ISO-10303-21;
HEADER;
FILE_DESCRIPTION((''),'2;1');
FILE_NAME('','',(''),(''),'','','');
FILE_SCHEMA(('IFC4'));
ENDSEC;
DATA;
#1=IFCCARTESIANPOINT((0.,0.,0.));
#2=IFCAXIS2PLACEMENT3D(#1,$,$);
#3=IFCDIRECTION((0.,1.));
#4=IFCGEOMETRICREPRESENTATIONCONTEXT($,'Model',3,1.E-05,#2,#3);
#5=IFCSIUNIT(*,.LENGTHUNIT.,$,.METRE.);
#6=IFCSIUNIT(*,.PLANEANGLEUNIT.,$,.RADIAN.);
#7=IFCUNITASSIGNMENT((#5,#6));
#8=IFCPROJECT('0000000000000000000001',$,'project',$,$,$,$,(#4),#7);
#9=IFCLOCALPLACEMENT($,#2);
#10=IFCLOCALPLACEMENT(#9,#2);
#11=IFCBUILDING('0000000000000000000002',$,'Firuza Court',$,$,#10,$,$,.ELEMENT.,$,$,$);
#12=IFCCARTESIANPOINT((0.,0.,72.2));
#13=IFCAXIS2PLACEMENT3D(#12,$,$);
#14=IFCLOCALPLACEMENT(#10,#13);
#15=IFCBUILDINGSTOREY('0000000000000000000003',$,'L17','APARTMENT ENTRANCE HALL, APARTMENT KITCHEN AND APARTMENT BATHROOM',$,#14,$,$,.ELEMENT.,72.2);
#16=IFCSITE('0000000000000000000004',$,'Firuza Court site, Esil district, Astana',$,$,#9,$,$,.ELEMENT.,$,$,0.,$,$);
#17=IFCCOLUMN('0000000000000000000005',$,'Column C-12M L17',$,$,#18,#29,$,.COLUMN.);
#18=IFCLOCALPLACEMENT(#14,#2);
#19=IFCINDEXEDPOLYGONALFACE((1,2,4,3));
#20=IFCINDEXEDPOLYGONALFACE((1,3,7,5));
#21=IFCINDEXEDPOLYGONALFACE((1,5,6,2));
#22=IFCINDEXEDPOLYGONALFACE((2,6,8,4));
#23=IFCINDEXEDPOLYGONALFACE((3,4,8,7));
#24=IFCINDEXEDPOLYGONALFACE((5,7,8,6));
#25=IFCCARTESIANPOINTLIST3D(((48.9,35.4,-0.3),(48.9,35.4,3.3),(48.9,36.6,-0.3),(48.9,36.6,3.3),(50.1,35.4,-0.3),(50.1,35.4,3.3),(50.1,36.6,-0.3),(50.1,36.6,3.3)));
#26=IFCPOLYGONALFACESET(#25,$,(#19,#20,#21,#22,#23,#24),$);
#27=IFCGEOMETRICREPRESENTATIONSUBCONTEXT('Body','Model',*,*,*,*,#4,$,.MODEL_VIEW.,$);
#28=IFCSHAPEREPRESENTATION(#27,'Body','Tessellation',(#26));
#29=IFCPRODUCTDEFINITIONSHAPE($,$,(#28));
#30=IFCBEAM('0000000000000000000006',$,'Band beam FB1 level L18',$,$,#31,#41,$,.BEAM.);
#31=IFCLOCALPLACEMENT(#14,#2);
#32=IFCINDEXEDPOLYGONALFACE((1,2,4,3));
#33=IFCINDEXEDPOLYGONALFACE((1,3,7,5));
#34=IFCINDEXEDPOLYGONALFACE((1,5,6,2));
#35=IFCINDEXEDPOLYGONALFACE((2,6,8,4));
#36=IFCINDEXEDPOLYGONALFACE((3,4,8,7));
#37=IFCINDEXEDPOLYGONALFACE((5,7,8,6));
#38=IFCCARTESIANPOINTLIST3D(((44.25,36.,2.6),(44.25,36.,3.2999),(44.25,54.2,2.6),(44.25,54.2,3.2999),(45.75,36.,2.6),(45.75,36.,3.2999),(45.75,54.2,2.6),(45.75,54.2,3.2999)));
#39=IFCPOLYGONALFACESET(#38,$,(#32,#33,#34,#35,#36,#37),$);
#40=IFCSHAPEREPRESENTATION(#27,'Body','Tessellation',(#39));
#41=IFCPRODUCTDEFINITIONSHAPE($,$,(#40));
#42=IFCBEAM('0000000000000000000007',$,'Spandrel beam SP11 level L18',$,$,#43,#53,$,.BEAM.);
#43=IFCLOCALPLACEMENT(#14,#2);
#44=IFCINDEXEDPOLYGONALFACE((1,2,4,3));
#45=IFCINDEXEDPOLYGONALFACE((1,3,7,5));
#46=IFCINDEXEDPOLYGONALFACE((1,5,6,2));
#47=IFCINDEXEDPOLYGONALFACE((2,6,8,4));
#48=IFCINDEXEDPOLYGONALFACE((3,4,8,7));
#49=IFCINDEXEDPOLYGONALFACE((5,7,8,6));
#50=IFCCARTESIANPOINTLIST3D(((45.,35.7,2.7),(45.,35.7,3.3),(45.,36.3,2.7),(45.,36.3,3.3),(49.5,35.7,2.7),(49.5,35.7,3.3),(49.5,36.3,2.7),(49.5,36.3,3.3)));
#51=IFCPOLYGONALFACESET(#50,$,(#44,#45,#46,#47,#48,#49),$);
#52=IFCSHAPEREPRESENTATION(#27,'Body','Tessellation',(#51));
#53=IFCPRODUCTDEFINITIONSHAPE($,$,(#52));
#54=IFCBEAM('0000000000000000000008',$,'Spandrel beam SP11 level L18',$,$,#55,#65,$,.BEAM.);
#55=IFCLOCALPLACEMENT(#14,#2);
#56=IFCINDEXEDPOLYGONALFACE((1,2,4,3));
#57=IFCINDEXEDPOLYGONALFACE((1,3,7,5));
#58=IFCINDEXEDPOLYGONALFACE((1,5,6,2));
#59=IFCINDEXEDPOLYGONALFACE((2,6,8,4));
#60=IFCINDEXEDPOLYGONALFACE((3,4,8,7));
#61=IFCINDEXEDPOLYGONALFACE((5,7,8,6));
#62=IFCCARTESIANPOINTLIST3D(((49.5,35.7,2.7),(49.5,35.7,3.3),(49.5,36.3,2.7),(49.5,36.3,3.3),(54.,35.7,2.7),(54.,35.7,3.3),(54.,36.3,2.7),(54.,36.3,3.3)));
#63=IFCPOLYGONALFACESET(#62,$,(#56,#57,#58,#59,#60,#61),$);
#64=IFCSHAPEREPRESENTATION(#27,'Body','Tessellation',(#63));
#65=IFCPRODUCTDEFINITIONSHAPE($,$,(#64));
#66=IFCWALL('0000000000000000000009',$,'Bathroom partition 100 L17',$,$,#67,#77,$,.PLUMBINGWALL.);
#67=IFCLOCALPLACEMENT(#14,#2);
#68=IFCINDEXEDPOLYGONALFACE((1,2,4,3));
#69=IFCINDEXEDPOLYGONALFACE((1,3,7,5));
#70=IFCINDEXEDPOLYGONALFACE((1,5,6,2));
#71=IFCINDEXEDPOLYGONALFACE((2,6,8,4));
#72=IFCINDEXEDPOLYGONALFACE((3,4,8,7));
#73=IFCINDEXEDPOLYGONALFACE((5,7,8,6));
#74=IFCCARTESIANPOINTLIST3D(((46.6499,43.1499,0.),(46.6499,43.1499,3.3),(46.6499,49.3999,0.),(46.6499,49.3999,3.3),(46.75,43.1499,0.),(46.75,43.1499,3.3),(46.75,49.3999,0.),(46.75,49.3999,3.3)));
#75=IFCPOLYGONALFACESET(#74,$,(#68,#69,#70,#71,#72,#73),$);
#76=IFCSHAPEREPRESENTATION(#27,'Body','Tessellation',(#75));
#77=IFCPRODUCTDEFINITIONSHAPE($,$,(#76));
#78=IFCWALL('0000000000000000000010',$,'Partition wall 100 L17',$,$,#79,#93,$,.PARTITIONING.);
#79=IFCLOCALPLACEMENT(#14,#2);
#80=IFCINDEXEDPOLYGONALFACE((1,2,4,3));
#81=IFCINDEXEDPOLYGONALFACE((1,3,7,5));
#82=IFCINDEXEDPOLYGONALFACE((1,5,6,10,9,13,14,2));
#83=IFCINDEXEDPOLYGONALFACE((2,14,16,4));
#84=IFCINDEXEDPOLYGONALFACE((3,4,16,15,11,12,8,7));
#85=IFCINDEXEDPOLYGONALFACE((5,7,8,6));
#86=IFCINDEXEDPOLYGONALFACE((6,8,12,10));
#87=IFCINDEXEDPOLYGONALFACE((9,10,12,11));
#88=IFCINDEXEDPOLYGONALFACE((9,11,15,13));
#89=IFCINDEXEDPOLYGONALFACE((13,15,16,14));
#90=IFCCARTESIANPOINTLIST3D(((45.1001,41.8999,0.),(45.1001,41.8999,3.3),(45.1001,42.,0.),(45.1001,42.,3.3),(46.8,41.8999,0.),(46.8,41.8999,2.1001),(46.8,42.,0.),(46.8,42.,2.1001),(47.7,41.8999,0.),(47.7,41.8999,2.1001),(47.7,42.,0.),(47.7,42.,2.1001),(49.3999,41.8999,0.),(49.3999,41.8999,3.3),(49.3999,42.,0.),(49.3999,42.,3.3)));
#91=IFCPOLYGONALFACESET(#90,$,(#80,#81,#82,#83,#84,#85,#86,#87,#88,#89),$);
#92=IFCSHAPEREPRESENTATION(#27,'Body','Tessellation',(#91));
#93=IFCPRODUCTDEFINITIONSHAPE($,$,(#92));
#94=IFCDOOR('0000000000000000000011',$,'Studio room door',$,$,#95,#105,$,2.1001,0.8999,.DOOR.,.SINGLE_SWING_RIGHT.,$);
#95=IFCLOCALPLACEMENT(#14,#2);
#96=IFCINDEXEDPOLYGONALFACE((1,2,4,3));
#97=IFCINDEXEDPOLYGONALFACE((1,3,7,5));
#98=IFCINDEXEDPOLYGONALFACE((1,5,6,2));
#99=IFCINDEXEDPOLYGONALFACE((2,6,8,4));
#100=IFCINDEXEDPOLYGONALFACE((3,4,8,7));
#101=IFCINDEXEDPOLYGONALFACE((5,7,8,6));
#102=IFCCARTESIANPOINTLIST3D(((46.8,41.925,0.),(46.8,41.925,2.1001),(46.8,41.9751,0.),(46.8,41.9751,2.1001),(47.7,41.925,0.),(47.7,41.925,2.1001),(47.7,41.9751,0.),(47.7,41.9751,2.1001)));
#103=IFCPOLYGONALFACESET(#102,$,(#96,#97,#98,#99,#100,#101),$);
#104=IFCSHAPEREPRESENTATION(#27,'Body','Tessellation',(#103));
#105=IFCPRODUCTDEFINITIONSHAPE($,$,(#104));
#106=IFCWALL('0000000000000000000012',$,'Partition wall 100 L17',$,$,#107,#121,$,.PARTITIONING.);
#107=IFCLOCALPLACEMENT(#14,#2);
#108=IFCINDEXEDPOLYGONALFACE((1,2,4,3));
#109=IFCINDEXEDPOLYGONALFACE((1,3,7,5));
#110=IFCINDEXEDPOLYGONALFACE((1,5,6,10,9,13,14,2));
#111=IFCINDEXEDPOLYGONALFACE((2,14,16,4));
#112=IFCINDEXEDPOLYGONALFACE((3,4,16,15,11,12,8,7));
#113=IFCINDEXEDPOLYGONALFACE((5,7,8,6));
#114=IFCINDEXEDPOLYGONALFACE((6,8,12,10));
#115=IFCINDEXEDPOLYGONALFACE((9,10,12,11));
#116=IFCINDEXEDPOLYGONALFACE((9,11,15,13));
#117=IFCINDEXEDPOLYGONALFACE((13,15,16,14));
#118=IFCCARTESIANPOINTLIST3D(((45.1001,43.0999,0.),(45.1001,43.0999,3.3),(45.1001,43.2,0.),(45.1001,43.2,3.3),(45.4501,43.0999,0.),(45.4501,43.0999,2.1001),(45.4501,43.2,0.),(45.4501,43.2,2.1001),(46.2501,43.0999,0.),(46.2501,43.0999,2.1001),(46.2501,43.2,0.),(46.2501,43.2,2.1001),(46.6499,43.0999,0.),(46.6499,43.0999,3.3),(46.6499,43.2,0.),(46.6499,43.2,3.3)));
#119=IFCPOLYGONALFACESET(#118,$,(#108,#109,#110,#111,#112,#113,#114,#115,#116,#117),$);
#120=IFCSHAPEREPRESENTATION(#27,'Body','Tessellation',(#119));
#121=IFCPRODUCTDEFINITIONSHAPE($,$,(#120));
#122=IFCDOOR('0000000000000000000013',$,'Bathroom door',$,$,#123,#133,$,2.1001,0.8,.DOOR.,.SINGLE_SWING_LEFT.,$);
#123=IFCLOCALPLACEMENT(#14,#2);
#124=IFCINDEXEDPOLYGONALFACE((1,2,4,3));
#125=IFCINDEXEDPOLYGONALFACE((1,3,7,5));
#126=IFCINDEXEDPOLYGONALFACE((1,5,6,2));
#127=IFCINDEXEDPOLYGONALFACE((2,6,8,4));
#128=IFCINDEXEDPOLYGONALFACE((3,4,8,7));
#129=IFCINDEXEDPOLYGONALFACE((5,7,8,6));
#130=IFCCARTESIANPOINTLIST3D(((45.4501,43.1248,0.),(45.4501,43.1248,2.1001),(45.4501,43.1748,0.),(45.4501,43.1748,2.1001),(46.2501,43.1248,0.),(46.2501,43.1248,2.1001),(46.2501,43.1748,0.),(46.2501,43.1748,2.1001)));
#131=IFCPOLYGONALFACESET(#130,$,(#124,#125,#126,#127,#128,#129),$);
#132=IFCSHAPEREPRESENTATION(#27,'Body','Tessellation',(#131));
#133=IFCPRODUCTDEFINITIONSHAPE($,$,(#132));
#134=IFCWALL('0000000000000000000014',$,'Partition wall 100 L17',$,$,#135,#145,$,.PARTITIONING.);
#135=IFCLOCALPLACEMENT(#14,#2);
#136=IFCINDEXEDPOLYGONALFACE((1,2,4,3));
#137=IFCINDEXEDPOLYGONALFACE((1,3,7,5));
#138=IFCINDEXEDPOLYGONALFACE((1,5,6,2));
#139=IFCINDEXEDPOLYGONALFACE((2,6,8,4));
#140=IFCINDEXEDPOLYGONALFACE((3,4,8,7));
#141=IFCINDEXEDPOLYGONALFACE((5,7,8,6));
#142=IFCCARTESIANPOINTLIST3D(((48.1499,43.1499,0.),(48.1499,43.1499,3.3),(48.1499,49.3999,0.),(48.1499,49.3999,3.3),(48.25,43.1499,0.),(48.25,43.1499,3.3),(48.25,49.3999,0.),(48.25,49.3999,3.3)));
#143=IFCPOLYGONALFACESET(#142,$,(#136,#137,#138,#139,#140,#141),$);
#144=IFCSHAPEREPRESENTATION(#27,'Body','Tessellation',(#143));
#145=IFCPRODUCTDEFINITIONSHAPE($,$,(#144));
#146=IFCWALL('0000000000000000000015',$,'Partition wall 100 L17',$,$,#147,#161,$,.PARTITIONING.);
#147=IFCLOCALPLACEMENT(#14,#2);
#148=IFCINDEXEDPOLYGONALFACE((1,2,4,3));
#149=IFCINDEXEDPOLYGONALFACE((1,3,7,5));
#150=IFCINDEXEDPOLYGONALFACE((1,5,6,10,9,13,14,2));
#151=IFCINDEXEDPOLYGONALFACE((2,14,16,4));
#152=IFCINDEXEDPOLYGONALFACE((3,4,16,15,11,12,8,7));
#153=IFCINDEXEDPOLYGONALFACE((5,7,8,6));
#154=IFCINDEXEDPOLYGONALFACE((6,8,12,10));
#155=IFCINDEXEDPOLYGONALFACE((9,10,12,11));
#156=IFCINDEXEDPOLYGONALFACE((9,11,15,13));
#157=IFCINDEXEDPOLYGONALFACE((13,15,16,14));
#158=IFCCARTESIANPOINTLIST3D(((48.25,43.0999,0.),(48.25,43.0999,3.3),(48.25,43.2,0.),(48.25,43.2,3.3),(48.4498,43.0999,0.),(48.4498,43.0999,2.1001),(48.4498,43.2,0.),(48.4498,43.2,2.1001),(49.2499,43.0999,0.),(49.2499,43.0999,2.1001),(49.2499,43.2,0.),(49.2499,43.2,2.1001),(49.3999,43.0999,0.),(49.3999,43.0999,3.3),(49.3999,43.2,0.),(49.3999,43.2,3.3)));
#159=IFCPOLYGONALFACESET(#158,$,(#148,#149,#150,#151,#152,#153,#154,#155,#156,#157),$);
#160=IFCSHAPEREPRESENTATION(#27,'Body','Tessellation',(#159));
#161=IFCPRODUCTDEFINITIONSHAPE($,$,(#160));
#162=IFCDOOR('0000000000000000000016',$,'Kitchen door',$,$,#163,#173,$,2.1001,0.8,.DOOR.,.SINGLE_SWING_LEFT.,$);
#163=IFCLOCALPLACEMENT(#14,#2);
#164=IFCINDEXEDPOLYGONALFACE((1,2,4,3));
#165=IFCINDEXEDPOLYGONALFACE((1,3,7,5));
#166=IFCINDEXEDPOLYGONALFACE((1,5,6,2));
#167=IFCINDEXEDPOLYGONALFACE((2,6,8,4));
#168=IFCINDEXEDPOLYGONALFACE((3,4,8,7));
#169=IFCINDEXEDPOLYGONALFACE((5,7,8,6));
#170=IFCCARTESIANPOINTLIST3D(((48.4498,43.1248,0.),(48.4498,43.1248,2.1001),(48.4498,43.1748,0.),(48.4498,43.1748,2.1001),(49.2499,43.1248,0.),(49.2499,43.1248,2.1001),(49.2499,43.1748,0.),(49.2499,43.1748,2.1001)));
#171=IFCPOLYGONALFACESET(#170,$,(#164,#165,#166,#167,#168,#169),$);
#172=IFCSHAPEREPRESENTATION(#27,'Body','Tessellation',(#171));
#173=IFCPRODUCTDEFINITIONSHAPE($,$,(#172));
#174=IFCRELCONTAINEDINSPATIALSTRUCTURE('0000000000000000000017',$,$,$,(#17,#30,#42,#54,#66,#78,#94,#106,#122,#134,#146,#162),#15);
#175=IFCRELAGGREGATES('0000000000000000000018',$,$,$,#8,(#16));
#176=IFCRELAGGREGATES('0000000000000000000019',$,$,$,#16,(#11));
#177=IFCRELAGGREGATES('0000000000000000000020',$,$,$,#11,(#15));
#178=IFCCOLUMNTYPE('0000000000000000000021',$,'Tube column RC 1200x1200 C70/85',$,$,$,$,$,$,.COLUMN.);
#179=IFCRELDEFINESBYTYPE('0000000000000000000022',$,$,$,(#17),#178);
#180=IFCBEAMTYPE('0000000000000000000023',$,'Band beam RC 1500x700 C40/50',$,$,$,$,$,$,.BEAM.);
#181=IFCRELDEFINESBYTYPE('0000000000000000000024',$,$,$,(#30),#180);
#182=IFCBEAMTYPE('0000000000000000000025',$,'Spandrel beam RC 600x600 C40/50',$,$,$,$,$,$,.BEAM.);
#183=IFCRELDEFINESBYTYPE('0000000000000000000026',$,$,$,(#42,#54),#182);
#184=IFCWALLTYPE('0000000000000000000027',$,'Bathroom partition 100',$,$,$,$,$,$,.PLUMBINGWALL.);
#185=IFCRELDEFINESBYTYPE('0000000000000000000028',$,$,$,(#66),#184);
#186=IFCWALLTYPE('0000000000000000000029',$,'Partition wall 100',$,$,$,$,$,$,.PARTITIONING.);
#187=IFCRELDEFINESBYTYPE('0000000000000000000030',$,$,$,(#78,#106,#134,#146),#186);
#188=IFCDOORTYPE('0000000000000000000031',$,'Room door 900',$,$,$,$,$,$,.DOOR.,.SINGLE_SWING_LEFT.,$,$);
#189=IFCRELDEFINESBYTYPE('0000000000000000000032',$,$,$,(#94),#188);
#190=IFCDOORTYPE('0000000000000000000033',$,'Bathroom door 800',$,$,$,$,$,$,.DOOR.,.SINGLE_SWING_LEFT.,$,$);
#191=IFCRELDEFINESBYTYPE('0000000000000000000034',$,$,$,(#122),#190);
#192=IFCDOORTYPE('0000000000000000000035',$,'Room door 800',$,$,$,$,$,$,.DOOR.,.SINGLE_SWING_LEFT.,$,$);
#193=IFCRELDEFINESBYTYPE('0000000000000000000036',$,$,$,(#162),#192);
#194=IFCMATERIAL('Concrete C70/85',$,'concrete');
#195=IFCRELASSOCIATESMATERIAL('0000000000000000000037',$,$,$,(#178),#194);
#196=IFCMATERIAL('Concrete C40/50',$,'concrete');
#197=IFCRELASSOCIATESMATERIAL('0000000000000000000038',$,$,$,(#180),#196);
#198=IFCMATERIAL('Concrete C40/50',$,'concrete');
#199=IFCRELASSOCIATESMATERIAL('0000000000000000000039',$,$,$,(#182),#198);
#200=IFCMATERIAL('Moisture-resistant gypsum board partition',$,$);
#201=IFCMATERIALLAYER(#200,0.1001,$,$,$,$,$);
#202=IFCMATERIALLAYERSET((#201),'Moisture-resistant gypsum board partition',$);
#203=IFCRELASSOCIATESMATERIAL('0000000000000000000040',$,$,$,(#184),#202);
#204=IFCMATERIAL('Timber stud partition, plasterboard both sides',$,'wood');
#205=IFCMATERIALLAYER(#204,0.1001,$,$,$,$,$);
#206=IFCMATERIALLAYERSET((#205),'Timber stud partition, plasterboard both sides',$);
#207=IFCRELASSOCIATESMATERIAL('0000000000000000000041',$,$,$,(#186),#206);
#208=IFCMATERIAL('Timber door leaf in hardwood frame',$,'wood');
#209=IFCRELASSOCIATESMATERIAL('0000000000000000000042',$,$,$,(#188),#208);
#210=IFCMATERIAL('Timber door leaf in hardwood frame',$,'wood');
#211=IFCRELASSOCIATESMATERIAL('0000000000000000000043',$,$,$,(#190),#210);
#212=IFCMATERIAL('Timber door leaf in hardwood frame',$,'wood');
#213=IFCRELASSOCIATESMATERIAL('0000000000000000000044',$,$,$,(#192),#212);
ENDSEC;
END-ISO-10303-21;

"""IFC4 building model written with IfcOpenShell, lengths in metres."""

from ifc_helpers import new_model, si_unit, direction, frame, frame_2d, origin, origin_2d, place, context, subcontext, project, spatial, rectangle, extrude, material, layer, layer_set, material_profile, profile_set, type_object, element, fill, save


model = new_model("IFC4")

# Units and contexts
model_context = context("Model", 3, precision=1e-05, world=origin(), true_north=direction((0.0, 1.0)))
body_context = subcontext(model_context, "Body", "Model", "MODEL_VIEW")
ifc_project = project(units=[si_unit("LENGTHUNIT", "METRE"), si_unit("PLANEANGLEUNIT", "RADIAN")], contexts=[model_context])

# Site, building, storey
site_placement = place(None, origin())
site = spatial("IfcSite", under=ifc_project, at=site_placement, Name="Firuza Court site, Esil district, Astana", CompositionType="ELEMENT", RefElevation=0.0)
building_placement = place(site_placement, origin())
building = spatial("IfcBuilding", under=site, at=building_placement, Name="Firuza Court", CompositionType="ELEMENT")
storey_placement = place(building_placement, frame((0.0, 0.0, 72.2)))
storey = spatial("IfcBuildingStorey", under=building, at=storey_placement, Name="L17", Description="APARTMENT ENTRANCE HALL, APARTMENT KITCHEN AND APARTMENT BATHROOM", CompositionType="ELEMENT", Elevation=72.2)

# Column
ifc_material_1 = material(Name="Concrete C70/85", Category="concrete")
ifc_material_profile_1 = material_profile(ifc_material_1, rectangle(XDim=1.2, YDim=1.2, at=origin_2d()), Name="RC 1200x1200")
ifc_profile_set_1 = profile_set([ifc_material_profile_1], Name="Concrete C70/85")
column_type = type_object("IfcColumnType", Name="Tube column RC 1200x1200 C70/85", PredefinedType="COLUMN", material=ifc_profile_set_1)
column_placement = place(storey_placement, frame((49.5, 36.0, -0.3), z_axis=(0.0, 0.0, 1.0), x_axis=(1.0, 0.0, 0.0)))
element("IfcColumn", 1, at=column_placement, inside=storey, type_object=column_type, Name="Column C-12M L17", PredefinedType="COLUMN", context=body_context, shape_type="SweptSolid", body=[
    extrude(rectangle(XDim=1.2, YDim=1.2, at=origin_2d()), origin(), (0.0, 0.0, 1.0), 3.6001),
])

# Beams
ifc_material_2 = material(Name="Concrete C40/50", Category="concrete")
ifc_material_profile_2 = material_profile(ifc_material_2, rectangle(XDim=1.5, YDim=0.7, at=origin_2d()), Name="RC 1500x700")
ifc_profile_set_2 = profile_set([ifc_material_profile_2], Name="Concrete C40/50")
beam_type_1 = type_object("IfcBeamType", Name="Band beam RC 1500x700 C40/50", PredefinedType="BEAM", material=ifc_profile_set_2)
beam_placement = place(storey_placement, frame((45.0, 36.0, 2.95), z_axis=(0.0, 1.0, 0.0), x_axis=(-1.0, 0.0, 0.0)))
element("IfcBeam", 2, at=beam_placement, inside=storey, type_object=beam_type_1, Name="Band beam FB1 level L18", PredefinedType="BEAM", context=body_context, shape_type="SweptSolid", body=[
    extrude(rectangle(XDim=1.5, YDim=0.7, at=origin_2d()), origin(), (0.0, 0.0, 1.0), 18.2),
])
ifc_material_3 = material(Name="Concrete C40/50", Category="concrete")
ifc_material_profile_3 = material_profile(ifc_material_3, rectangle(XDim=0.6001, YDim=0.6001, at=origin_2d()), Name="RC 600x600")
ifc_profile_set_3 = profile_set([ifc_material_profile_3], Name="Concrete C40/50")
beam_type_2 = type_object("IfcBeamType", Name="Spandrel beam RC 600x600 C40/50", PredefinedType="BEAM", material=ifc_profile_set_3)
for number, where, z_axis, x_axis, name in (
    (3, (45.0, 36.0, 3.0), (1.0, 0.0, 0.0), (0.0, 1.0, 0.0), "Spandrel beam SP11 level L18"),
    (4, (49.5, 36.0, 3.0), (1.0, 0.0, 0.0), (0.0, 1.0, 0.0), "Spandrel beam SP11 level L18"),
):
    element("IfcBeam", number, at=place(storey_placement, frame(where, z_axis=z_axis, x_axis=x_axis)), inside=storey, type_object=beam_type_2, Name=name, PredefinedType="BEAM", context=body_context, shape_type="SweptSolid", body=[
        extrude(rectangle(XDim=0.6001, YDim=0.6001, at=origin_2d()), origin(), (0.0, 0.0, 1.0), 4.5),
    ])

# Wall
ifc_material_4 = material(Name="Moisture-resistant gypsum board partition")
ifc_layer_1 = layer(ifc_material_4, 0.1001)
ifc_layer_set_1 = layer_set([ifc_layer_1], Name="Moisture-resistant gypsum board partition")
wall_type_1 = type_object("IfcWallType", Name="Bathroom partition 100", PredefinedType="PLUMBINGWALL", material=ifc_layer_set_1)
wall_1_placement = place(storey_placement, frame((46.7, 43.1499, 0.0), z_axis=(0.0, 0.0, 1.0), x_axis=(0.0, 1.0, 0.0)))
element("IfcWall", 5, at=wall_1_placement, inside=storey, type_object=wall_type_1, Name="Bathroom partition 100 L17", PredefinedType="PLUMBINGWALL", context=body_context, shape_type="SweptSolid", body=[
    extrude(rectangle(XDim=6.25, YDim=0.1001, at=frame_2d((3.125, 0.0))), origin(), (0.0, 0.0, 1.0), 3.3),
])

# Walls, openings, doors
ifc_material_5 = material(Name="Timber stud partition, plasterboard both sides", Category="wood")
ifc_layer_2 = layer(ifc_material_5, 0.1001)
ifc_layer_set_2 = layer_set([ifc_layer_2], Name="Timber stud partition, plasterboard both sides")
wall_type_2 = type_object("IfcWallType", Name="Partition wall 100", PredefinedType="PARTITIONING", material=ifc_layer_set_2)
wall_2_placement = place(storey_placement, frame((45.1001, 41.95, 0.0), z_axis=(0.0, 0.0, 1.0), x_axis=(1.0, 0.0, 0.0)))
wall_2 = element("IfcWall", 6, at=wall_2_placement, inside=storey, type_object=wall_type_2, Name="Partition wall 100 L17", PredefinedType="PARTITIONING", context=body_context, shape_type="SweptSolid", body=[
    extrude(rectangle(XDim=4.2998, YDim=0.1001, at=frame_2d((2.1499, 0.0))), origin(), (0.0, 0.0, 1.0), 3.3),
])
opening_1_placement = place(wall_2_placement, frame((1.7, 0.0, 0.0)))
opening_1 = element("IfcOpeningElement", 7, at=opening_1_placement, cuts=wall_2, PredefinedType="OPENING", context=body_context, shape_type="SweptSolid", body=[
    extrude(rectangle(XDim=0.8999, YDim=2.1001, at=frame_2d((0.45, 1.05))), frame((0.0, 0.062, 0.0), z_axis=(0.0, -1.0, 0.0), x_axis=(1.0, 0.0, 0.0)), (0.0, 0.0, 1.0), 0.124),
])
ifc_material_6 = material(Name="Timber door leaf in hardwood frame", Category="wood")
door_type_1 = type_object("IfcDoorType", Name="Room door 900", OperationType="SINGLE_SWING_LEFT", PredefinedType="DOOR", material=ifc_material_6)
door_1_placement = place(opening_1_placement, frame((0.8999, 0.0, 0.0), z_axis=(0.0, 0.0, 1.0), x_axis=(-1.0, 0.0, 0.0)))
door_1 = element("IfcDoor", 8, at=door_1_placement, inside=storey, type_object=door_type_1, Name="Studio room door", OperationType="SINGLE_SWING_RIGHT", OverallHeight=2.1001, OverallWidth=0.8999, PredefinedType="DOOR", context=body_context, shape_type="SweptSolid", body=[
    extrude(rectangle(XDim=0.8999, YDim=2.1001, at=frame_2d((0.45, 1.05))), frame((0.0, 0.0249, 0.0), z_axis=(0.0, -1.0, 0.0), x_axis=(1.0, 0.0, 0.0)), (0.0, 0.0, 1.0), 0.05),
])
fill(opening_1, door_1)
wall_3_placement = place(storey_placement, frame((45.1001, 43.1499, 0.0), z_axis=(0.0, 0.0, 1.0), x_axis=(1.0, 0.0, 0.0)))
wall_3 = element("IfcWall", 9, at=wall_3_placement, inside=storey, type_object=wall_type_2, Name="Partition wall 100 L17", PredefinedType="PARTITIONING", context=body_context, shape_type="SweptSolid", body=[
    extrude(rectangle(XDim=1.5498, YDim=0.1001, at=frame_2d((0.7749, 0.0))), origin(), (0.0, 0.0, 1.0), 3.3),
])
opening_2_placement = place(wall_3_placement, frame((0.3501, 0.0, 0.0)))
opening_2 = element("IfcOpeningElement", 10, at=opening_2_placement, cuts=wall_3, PredefinedType="OPENING", context=body_context, shape_type="SweptSolid", body=[
    extrude(rectangle(XDim=0.8, YDim=2.1001, at=frame_2d((0.3999, 1.05))), frame((0.0, 0.062, 0.0), z_axis=(0.0, -1.0, 0.0), x_axis=(1.0, 0.0, 0.0)), (0.0, 0.0, 1.0), 0.124),
])
ifc_material_7 = material(Name="Timber door leaf in hardwood frame", Category="wood")
door_type_2 = type_object("IfcDoorType", Name="Bathroom door 800", OperationType="SINGLE_SWING_LEFT", PredefinedType="DOOR", material=ifc_material_7)
door_2_placement = place(opening_2_placement, origin())
door_2 = element("IfcDoor", 11, at=door_2_placement, inside=storey, type_object=door_type_2, Name="Bathroom door", OperationType="SINGLE_SWING_LEFT", OverallHeight=2.1001, OverallWidth=0.8, PredefinedType="DOOR", context=body_context, shape_type="SweptSolid", body=[
    extrude(rectangle(XDim=0.8, YDim=2.1001, at=frame_2d((0.3999, 1.05))), frame((0.0, 0.0249, 0.0), z_axis=(0.0, -1.0, 0.0), x_axis=(1.0, 0.0, 0.0)), (0.0, 0.0, 1.0), 0.05),
])
fill(opening_2, door_2)

# Wall
wall_4_placement = place(storey_placement, frame((48.2, 43.1499, 0.0), z_axis=(0.0, 0.0, 1.0), x_axis=(0.0, 1.0, 0.0)))
element("IfcWall", 12, at=wall_4_placement, inside=storey, type_object=wall_type_2, Name="Partition wall 100 L17", PredefinedType="PARTITIONING", context=body_context, shape_type="SweptSolid", body=[
    extrude(rectangle(XDim=6.25, YDim=0.1001, at=frame_2d((3.125, 0.0))), origin(), (0.0, 0.0, 1.0), 3.3),
])

# Wall, opening, door
wall_5_placement = place(storey_placement, frame((48.25, 43.1499, 0.0), z_axis=(0.0, 0.0, 1.0), x_axis=(1.0, 0.0, 0.0)))
wall_5 = element("IfcWall", 13, at=wall_5_placement, inside=storey, type_object=wall_type_2, Name="Partition wall 100 L17", PredefinedType="PARTITIONING", context=body_context, shape_type="SweptSolid", body=[
    extrude(rectangle(XDim=1.1499, YDim=0.1001, at=frame_2d((0.575, 0.0))), origin(), (0.0, 0.0, 1.0), 3.3),
])
opening_3_placement = place(wall_5_placement, frame((0.2, 0.0, 0.0)))
opening_3 = element("IfcOpeningElement", 14, at=opening_3_placement, cuts=wall_5, PredefinedType="OPENING", context=body_context, shape_type="SweptSolid", body=[
    extrude(rectangle(XDim=0.8, YDim=2.1001, at=frame_2d((0.3999, 1.05))), frame((0.0, 0.062, 0.0), z_axis=(0.0, -1.0, 0.0), x_axis=(1.0, 0.0, 0.0)), (0.0, 0.0, 1.0), 0.124),
])
ifc_material_8 = material(Name="Timber door leaf in hardwood frame", Category="wood")
door_type_3 = type_object("IfcDoorType", Name="Room door 800", OperationType="SINGLE_SWING_LEFT", PredefinedType="DOOR", material=ifc_material_8)
door_3_placement = place(opening_3_placement, origin())
door_3 = element("IfcDoor", 15, at=door_3_placement, inside=storey, type_object=door_type_3, Name="Kitchen door", OperationType="SINGLE_SWING_LEFT", OverallHeight=2.1001, OverallWidth=0.8, PredefinedType="DOOR", context=body_context, shape_type="SweptSolid", body=[
    extrude(rectangle(XDim=0.8, YDim=2.1001, at=frame_2d((0.3999, 1.05))), frame((0.0, 0.0249, 0.0), z_axis=(0.0, -1.0, 0.0), x_axis=(1.0, 0.0, 0.0)), (0.0, 0.0, 1.0), 0.05),
])
fill(opening_3, door_3)

save(model, "model.ifc")
